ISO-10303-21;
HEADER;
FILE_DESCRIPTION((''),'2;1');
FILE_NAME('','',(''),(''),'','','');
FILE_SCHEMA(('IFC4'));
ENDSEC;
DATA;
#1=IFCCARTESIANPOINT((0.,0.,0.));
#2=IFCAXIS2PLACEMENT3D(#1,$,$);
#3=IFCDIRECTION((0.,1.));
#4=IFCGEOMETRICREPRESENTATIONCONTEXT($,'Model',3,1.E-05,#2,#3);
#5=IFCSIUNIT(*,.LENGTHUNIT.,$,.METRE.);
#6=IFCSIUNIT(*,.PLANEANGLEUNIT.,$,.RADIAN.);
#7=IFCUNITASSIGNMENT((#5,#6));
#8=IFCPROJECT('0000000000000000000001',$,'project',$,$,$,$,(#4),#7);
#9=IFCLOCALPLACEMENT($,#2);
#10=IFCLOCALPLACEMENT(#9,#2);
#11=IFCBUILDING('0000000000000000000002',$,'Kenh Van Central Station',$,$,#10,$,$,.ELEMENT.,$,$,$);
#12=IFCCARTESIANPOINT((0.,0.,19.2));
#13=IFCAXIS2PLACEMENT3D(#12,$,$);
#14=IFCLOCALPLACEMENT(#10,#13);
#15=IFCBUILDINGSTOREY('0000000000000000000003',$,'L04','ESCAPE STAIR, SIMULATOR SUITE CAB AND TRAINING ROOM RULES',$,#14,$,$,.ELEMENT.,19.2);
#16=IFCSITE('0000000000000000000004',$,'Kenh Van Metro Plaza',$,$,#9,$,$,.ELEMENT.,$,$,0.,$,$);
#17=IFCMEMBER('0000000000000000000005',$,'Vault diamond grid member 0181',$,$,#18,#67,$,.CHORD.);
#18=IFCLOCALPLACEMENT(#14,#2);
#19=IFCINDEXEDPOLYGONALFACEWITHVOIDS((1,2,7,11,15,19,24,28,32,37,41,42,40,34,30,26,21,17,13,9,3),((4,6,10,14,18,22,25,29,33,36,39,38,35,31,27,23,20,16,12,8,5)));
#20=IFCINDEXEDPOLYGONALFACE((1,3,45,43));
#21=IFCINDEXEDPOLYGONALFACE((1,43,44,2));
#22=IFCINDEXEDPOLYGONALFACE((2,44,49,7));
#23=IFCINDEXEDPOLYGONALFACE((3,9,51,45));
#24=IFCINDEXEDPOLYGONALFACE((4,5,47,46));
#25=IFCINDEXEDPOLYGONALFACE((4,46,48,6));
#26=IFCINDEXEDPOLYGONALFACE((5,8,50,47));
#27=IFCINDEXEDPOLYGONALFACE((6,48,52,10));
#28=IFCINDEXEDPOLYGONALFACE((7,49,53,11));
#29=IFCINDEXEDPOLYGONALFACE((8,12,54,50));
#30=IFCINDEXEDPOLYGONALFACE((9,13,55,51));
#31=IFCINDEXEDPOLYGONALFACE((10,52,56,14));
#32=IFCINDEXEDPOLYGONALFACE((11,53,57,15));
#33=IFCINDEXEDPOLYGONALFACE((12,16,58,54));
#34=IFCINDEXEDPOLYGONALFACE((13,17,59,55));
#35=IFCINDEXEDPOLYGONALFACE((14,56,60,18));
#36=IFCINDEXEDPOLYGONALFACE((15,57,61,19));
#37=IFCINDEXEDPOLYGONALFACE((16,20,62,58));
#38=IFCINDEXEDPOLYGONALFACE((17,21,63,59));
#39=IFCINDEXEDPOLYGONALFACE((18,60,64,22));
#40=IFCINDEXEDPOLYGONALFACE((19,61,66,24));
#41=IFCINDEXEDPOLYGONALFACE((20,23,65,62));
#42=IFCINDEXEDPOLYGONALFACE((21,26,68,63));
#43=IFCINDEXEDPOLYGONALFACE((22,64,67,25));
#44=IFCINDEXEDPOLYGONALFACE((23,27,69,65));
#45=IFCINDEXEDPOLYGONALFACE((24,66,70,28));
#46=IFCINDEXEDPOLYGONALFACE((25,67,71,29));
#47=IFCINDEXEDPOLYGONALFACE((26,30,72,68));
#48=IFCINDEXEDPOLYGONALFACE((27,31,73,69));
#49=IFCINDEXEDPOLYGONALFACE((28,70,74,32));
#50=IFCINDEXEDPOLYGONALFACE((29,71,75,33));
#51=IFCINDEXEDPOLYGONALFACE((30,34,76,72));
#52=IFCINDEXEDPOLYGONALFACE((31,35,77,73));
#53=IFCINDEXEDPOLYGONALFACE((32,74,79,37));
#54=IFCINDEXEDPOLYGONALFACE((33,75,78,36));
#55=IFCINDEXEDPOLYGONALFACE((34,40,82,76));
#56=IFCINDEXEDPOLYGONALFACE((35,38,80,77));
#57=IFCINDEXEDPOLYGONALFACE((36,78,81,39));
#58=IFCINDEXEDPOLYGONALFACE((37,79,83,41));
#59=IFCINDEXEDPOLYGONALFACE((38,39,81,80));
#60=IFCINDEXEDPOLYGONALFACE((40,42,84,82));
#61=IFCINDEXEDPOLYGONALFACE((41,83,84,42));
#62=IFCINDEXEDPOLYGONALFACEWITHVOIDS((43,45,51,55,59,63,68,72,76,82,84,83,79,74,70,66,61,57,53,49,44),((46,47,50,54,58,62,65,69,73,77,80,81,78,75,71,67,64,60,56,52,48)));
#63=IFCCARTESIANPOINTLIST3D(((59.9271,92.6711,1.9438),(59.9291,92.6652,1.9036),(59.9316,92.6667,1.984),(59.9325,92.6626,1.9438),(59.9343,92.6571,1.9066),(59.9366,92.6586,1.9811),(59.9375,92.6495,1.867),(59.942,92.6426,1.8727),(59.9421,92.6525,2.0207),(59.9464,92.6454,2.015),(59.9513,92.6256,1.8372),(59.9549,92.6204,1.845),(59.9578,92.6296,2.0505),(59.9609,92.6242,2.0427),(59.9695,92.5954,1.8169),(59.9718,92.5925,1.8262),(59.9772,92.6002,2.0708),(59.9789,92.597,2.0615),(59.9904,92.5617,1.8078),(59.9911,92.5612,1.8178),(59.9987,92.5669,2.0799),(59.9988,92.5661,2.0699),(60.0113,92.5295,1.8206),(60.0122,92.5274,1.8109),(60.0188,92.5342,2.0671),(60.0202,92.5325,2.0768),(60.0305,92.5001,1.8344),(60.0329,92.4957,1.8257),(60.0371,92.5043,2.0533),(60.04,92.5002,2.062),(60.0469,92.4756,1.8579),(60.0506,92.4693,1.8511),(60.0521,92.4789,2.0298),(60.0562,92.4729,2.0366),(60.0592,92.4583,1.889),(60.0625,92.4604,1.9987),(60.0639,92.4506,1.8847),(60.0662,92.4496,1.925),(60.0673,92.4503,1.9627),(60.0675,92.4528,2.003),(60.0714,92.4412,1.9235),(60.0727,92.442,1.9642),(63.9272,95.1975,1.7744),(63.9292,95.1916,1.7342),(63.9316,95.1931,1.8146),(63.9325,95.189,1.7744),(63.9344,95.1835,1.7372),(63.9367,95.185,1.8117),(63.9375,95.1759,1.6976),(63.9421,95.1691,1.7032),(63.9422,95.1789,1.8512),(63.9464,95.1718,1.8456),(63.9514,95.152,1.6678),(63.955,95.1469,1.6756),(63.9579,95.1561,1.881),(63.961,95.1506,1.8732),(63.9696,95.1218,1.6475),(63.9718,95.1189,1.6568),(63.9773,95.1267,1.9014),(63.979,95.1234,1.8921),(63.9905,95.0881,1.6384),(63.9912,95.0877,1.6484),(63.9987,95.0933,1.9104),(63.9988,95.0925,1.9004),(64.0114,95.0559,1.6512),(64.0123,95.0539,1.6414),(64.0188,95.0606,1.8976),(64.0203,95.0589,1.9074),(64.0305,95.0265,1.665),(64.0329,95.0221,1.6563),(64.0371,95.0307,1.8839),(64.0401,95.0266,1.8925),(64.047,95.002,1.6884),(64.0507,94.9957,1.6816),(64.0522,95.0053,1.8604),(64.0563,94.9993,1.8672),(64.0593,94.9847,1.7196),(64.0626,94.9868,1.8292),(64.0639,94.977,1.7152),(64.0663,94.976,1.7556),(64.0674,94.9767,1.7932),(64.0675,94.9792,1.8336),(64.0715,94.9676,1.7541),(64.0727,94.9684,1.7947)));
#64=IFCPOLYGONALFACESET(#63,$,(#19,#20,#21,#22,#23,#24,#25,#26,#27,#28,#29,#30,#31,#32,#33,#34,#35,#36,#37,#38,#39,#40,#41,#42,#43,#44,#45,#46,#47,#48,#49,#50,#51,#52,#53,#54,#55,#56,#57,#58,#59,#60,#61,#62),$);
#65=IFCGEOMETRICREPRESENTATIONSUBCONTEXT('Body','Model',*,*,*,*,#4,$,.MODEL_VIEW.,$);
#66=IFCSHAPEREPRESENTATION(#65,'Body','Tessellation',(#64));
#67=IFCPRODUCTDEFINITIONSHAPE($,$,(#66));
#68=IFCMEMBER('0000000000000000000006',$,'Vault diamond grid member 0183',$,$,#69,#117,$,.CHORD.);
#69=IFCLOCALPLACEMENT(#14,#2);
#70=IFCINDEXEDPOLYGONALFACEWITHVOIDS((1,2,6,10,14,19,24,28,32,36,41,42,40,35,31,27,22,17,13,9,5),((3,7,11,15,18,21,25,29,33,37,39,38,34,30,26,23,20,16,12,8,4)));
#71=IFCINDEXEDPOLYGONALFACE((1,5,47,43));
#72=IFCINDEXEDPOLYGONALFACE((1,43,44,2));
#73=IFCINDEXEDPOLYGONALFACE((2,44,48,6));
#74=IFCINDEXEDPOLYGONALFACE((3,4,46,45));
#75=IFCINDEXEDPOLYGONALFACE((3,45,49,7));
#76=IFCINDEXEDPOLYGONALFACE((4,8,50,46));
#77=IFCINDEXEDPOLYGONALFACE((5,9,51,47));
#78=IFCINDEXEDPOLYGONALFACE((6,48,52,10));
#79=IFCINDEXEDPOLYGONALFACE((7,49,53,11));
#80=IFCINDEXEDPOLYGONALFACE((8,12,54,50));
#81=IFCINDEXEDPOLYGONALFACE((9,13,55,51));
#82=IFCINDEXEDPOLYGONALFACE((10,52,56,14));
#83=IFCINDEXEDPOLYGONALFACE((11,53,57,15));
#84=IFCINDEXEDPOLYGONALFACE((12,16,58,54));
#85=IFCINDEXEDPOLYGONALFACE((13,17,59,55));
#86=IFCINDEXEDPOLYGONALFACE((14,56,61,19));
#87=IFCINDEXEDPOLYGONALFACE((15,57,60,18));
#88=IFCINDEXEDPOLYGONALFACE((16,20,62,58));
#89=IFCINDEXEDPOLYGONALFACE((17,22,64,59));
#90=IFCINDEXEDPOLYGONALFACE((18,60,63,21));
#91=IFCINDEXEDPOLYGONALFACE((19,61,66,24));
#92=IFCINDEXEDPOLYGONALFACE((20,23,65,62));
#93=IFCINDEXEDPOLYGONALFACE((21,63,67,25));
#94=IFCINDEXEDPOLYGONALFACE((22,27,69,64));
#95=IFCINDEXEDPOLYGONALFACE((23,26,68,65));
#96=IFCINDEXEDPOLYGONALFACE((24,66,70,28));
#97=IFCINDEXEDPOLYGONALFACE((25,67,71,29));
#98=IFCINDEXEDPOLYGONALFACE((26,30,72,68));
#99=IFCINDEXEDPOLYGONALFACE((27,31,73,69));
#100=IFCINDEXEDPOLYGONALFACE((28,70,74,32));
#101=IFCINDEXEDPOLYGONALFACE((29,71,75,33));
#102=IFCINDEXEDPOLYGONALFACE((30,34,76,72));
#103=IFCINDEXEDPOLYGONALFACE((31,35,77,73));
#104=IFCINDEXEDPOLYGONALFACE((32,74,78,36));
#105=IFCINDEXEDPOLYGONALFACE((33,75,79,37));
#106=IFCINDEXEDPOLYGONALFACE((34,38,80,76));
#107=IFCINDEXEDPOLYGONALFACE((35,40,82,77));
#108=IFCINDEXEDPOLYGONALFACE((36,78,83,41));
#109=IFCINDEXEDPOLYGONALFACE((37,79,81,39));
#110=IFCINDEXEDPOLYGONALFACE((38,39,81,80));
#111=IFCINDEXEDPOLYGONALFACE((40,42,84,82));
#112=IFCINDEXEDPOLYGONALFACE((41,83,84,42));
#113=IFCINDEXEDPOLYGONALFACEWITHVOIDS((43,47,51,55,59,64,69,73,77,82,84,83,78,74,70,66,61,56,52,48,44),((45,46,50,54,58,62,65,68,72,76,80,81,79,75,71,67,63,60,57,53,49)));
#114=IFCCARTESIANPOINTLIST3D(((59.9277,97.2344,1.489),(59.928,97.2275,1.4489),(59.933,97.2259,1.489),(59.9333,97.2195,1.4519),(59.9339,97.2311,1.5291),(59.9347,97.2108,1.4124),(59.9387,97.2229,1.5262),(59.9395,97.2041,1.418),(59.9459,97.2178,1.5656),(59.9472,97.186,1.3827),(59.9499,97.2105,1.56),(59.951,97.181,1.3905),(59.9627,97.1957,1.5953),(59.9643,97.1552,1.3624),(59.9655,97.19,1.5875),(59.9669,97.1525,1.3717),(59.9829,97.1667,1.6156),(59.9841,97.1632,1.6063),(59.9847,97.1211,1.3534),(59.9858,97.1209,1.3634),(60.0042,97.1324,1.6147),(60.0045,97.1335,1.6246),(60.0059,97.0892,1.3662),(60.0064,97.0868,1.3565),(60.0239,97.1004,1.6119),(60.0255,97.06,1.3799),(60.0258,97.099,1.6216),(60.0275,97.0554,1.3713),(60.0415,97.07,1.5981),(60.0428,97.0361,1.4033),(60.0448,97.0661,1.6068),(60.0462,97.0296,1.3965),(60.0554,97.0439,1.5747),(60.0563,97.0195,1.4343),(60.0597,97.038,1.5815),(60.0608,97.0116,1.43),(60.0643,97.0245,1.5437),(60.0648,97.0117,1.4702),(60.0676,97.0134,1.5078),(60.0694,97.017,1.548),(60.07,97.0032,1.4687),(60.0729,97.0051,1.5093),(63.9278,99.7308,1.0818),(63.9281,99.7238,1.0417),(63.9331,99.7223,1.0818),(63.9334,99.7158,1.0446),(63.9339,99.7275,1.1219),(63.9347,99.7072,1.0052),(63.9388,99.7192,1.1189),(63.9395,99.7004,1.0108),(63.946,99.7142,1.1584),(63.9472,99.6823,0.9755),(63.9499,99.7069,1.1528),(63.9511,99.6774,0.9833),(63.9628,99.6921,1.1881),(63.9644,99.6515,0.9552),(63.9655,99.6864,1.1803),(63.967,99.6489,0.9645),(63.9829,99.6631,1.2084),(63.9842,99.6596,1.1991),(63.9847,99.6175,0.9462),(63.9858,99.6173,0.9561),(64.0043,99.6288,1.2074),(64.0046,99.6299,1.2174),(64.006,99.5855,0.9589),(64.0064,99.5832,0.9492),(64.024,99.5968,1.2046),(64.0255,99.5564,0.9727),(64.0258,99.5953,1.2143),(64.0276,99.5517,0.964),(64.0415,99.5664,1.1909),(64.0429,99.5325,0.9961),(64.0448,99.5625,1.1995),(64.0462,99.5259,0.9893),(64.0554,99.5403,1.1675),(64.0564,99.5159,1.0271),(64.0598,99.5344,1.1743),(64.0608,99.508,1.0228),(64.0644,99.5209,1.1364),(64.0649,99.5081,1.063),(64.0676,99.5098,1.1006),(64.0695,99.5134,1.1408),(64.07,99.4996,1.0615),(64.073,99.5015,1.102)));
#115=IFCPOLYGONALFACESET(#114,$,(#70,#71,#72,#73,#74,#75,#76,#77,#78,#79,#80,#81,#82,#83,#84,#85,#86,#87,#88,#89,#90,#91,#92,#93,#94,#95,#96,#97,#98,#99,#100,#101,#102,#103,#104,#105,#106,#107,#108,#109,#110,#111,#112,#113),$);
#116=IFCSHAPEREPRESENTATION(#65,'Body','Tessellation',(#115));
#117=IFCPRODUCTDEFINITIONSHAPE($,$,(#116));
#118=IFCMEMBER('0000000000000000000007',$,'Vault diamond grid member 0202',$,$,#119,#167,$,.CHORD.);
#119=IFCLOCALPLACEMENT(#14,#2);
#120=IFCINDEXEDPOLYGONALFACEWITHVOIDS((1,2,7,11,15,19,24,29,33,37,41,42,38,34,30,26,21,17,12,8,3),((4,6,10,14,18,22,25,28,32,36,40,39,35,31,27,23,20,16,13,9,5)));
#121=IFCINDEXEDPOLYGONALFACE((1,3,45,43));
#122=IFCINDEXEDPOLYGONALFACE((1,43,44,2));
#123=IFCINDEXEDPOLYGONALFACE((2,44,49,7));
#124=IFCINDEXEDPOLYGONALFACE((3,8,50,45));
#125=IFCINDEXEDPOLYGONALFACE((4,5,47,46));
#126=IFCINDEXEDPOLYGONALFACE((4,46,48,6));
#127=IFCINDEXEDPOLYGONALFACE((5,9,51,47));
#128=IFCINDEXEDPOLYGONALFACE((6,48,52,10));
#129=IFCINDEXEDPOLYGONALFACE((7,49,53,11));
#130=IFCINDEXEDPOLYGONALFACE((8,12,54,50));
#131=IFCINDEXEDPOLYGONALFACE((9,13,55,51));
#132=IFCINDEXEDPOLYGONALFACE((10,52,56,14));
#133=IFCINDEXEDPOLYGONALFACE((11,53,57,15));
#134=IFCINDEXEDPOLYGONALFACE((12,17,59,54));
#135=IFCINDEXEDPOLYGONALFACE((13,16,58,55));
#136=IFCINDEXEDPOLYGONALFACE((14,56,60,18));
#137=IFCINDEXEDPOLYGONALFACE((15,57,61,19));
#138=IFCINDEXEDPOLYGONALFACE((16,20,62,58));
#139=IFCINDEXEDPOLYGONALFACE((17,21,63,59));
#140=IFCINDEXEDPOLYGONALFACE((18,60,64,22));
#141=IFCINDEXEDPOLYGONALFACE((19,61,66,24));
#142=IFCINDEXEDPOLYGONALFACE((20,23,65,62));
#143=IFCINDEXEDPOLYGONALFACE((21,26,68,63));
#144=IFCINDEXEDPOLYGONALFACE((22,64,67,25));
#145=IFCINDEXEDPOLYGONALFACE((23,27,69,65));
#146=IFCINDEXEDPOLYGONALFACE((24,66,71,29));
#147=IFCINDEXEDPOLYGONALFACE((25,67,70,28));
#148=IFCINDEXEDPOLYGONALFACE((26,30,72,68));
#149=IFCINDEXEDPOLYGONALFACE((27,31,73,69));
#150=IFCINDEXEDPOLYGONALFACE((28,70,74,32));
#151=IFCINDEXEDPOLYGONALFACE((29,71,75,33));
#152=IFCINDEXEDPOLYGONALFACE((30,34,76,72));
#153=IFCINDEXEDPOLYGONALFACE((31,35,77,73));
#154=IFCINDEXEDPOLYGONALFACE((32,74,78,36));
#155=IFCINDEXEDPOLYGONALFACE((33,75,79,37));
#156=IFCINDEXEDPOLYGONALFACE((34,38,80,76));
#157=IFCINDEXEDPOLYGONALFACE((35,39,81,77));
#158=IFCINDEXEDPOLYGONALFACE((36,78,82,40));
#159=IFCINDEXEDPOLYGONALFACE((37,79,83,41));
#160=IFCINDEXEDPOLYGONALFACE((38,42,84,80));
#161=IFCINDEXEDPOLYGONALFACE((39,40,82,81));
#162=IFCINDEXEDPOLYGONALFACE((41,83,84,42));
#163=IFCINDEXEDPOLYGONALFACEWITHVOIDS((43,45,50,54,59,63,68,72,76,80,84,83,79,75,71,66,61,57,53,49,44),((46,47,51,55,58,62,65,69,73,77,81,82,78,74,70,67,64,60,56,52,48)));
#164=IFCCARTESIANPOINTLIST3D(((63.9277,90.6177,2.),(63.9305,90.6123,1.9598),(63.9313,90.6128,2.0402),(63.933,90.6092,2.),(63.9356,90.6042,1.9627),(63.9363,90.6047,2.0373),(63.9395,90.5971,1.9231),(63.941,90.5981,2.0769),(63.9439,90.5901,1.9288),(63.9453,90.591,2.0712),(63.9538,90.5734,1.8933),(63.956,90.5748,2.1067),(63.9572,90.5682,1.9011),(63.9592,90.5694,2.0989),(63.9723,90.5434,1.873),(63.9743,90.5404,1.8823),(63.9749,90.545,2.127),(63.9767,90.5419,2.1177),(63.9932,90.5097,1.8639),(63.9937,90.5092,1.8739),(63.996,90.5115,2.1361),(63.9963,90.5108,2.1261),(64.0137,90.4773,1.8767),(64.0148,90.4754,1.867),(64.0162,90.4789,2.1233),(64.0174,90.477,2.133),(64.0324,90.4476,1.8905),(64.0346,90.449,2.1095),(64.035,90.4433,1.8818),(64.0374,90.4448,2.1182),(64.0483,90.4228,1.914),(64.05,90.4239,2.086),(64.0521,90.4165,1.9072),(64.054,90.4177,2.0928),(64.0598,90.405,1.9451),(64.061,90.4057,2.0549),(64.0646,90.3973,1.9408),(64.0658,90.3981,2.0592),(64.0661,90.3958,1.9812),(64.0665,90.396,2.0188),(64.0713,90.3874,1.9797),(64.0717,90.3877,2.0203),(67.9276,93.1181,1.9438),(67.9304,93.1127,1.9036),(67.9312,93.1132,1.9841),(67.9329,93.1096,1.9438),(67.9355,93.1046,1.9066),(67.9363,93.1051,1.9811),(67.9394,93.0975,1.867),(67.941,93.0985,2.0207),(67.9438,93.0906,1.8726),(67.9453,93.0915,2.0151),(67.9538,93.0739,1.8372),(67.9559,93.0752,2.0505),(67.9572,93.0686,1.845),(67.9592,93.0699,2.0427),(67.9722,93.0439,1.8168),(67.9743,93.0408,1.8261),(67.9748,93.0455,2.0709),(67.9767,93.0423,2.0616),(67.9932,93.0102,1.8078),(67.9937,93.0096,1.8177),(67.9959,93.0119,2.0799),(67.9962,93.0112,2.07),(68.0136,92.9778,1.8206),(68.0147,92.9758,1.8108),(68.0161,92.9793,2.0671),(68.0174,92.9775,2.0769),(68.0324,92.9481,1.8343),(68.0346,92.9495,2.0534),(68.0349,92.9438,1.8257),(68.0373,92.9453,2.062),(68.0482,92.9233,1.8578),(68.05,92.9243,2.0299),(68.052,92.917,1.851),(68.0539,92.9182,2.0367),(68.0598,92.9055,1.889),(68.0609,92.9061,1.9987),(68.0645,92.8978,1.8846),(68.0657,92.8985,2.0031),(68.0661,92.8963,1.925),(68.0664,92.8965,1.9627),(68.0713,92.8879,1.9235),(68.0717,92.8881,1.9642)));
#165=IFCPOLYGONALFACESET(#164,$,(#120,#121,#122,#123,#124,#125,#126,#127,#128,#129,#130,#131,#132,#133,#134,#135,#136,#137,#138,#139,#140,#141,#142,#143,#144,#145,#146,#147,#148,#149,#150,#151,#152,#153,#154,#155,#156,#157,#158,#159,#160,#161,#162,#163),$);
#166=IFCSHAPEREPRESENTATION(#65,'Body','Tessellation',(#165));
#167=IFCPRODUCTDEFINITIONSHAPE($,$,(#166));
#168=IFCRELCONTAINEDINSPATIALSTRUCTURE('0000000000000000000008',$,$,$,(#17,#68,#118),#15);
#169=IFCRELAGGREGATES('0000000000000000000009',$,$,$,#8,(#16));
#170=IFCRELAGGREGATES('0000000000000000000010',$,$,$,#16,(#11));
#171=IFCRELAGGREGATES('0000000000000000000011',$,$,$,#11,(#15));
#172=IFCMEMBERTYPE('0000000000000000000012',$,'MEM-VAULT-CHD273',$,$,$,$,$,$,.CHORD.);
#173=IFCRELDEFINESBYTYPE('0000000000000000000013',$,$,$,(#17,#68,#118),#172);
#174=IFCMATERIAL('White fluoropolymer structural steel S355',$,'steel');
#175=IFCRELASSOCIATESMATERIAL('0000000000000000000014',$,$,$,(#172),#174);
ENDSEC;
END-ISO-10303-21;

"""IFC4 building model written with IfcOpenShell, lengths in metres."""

from ifc_helpers import new_model, si_unit, direction, frame, origin, origin_2d, place, context, subcontext, project, spatial, hollow_circle, extrude, material, material_profile, profile_set, type_object, element, save


model = new_model("IFC4")

# Units and contexts
model_context = context("Model", 3, precision=1e-05, world=origin(), true_north=direction((0.0, 1.0)))
body_context = subcontext(model_context, "Body", "Model", "MODEL_VIEW")
ifc_project = project(units=[si_unit("LENGTHUNIT", "METRE"), si_unit("PLANEANGLEUNIT", "RADIAN")], contexts=[model_context])

# Site, building, storey
site_placement = place(None, origin())
site = spatial("IfcSite", under=ifc_project, at=site_placement, Name="Kenh Van Metro Plaza", CompositionType="ELEMENT", RefElevation=0.0)
building_placement = place(site_placement, origin())
building = spatial("IfcBuilding", under=site, at=building_placement, Name="Kenh Van Central Station", CompositionType="ELEMENT")
storey_placement = place(building_placement, frame((0.0, 0.0, 19.2)))
storey = spatial("IfcBuildingStorey", under=building, at=storey_placement, Name="L04", Description="ESCAPE STAIR, SIMULATOR SUITE CAB AND TRAINING ROOM RULES", CompositionType="ELEMENT", Elevation=19.2)

# Shared definitions
ifc_material_1 = material(Name="White fluoropolymer structural steel S355", Category="steel")

# Members
ifc_material_profile_1 = material_profile(ifc_material_1, hollow_circle(Radius=0.1365, WallThickness=0.01, at=origin_2d()), Name="CHS 273x10")
ifc_profile_set_1 = profile_set([ifc_material_profile_1], Name="White fluoropolymer structural steel S355")
member_type_1 = type_object("IfcMemberType", Name="MEM-VAULT-CHD273", PredefinedType="CHORD", material=ifc_profile_set_1)
member_1_placement = place(storey_placement, frame((60.0, 92.5557, 1.9438), z_axis=(0.844942, 0.533659, -0.03579), x_axis=(-0.534001, 0.845484, 0.0)))
element("IfcMember", 1, at=member_1_placement, inside=storey, type_object=member_type_1, Name="Vault diamond grid member 0181", PredefinedType="CHORD", context=body_context, shape_type="SweptSolid", body=[
    extrude(hollow_circle(Radius=0.1365, WallThickness=0.01, at=origin_2d()), origin(), (0.0, 0.0, 1.0), 4.7341),
])
member_2_placement = place(storey_placement, frame((60.0, 97.1187, 1.489), z_axis=(0.845201, 0.527477, -0.086047), x_axis=(-0.52944, 0.848347, 0.0)))
element("IfcMember", 2, at=member_2_placement, inside=storey, type_object=member_type_1, Name="Vault diamond grid member 0183", PredefinedType="CHORD", context=body_context, shape_type="SweptSolid", body=[
    extrude(hollow_circle(Radius=0.1365, WallThickness=0.01, at=origin_2d()), origin(), (0.0, 0.0, 1.0), 4.7327),
])
member_3_placement = place(storey_placement, frame((64.0, 90.502, 2.0), z_axis=(0.847892, 0.530036, -0.011903), x_axis=(-0.530073, 0.847952, 0.0)))
element("IfcMember", 3, at=member_3_placement, inside=storey, type_object=member_type_1, Name="Vault diamond grid member 0202", PredefinedType="CHORD", context=body_context, shape_type="SweptSolid", body=[
    extrude(hollow_circle(Radius=0.1365, WallThickness=0.01, at=origin_2d()), origin(), (0.0, 0.0, 1.0), 4.7175),
])

save(model, "model.ifc")
